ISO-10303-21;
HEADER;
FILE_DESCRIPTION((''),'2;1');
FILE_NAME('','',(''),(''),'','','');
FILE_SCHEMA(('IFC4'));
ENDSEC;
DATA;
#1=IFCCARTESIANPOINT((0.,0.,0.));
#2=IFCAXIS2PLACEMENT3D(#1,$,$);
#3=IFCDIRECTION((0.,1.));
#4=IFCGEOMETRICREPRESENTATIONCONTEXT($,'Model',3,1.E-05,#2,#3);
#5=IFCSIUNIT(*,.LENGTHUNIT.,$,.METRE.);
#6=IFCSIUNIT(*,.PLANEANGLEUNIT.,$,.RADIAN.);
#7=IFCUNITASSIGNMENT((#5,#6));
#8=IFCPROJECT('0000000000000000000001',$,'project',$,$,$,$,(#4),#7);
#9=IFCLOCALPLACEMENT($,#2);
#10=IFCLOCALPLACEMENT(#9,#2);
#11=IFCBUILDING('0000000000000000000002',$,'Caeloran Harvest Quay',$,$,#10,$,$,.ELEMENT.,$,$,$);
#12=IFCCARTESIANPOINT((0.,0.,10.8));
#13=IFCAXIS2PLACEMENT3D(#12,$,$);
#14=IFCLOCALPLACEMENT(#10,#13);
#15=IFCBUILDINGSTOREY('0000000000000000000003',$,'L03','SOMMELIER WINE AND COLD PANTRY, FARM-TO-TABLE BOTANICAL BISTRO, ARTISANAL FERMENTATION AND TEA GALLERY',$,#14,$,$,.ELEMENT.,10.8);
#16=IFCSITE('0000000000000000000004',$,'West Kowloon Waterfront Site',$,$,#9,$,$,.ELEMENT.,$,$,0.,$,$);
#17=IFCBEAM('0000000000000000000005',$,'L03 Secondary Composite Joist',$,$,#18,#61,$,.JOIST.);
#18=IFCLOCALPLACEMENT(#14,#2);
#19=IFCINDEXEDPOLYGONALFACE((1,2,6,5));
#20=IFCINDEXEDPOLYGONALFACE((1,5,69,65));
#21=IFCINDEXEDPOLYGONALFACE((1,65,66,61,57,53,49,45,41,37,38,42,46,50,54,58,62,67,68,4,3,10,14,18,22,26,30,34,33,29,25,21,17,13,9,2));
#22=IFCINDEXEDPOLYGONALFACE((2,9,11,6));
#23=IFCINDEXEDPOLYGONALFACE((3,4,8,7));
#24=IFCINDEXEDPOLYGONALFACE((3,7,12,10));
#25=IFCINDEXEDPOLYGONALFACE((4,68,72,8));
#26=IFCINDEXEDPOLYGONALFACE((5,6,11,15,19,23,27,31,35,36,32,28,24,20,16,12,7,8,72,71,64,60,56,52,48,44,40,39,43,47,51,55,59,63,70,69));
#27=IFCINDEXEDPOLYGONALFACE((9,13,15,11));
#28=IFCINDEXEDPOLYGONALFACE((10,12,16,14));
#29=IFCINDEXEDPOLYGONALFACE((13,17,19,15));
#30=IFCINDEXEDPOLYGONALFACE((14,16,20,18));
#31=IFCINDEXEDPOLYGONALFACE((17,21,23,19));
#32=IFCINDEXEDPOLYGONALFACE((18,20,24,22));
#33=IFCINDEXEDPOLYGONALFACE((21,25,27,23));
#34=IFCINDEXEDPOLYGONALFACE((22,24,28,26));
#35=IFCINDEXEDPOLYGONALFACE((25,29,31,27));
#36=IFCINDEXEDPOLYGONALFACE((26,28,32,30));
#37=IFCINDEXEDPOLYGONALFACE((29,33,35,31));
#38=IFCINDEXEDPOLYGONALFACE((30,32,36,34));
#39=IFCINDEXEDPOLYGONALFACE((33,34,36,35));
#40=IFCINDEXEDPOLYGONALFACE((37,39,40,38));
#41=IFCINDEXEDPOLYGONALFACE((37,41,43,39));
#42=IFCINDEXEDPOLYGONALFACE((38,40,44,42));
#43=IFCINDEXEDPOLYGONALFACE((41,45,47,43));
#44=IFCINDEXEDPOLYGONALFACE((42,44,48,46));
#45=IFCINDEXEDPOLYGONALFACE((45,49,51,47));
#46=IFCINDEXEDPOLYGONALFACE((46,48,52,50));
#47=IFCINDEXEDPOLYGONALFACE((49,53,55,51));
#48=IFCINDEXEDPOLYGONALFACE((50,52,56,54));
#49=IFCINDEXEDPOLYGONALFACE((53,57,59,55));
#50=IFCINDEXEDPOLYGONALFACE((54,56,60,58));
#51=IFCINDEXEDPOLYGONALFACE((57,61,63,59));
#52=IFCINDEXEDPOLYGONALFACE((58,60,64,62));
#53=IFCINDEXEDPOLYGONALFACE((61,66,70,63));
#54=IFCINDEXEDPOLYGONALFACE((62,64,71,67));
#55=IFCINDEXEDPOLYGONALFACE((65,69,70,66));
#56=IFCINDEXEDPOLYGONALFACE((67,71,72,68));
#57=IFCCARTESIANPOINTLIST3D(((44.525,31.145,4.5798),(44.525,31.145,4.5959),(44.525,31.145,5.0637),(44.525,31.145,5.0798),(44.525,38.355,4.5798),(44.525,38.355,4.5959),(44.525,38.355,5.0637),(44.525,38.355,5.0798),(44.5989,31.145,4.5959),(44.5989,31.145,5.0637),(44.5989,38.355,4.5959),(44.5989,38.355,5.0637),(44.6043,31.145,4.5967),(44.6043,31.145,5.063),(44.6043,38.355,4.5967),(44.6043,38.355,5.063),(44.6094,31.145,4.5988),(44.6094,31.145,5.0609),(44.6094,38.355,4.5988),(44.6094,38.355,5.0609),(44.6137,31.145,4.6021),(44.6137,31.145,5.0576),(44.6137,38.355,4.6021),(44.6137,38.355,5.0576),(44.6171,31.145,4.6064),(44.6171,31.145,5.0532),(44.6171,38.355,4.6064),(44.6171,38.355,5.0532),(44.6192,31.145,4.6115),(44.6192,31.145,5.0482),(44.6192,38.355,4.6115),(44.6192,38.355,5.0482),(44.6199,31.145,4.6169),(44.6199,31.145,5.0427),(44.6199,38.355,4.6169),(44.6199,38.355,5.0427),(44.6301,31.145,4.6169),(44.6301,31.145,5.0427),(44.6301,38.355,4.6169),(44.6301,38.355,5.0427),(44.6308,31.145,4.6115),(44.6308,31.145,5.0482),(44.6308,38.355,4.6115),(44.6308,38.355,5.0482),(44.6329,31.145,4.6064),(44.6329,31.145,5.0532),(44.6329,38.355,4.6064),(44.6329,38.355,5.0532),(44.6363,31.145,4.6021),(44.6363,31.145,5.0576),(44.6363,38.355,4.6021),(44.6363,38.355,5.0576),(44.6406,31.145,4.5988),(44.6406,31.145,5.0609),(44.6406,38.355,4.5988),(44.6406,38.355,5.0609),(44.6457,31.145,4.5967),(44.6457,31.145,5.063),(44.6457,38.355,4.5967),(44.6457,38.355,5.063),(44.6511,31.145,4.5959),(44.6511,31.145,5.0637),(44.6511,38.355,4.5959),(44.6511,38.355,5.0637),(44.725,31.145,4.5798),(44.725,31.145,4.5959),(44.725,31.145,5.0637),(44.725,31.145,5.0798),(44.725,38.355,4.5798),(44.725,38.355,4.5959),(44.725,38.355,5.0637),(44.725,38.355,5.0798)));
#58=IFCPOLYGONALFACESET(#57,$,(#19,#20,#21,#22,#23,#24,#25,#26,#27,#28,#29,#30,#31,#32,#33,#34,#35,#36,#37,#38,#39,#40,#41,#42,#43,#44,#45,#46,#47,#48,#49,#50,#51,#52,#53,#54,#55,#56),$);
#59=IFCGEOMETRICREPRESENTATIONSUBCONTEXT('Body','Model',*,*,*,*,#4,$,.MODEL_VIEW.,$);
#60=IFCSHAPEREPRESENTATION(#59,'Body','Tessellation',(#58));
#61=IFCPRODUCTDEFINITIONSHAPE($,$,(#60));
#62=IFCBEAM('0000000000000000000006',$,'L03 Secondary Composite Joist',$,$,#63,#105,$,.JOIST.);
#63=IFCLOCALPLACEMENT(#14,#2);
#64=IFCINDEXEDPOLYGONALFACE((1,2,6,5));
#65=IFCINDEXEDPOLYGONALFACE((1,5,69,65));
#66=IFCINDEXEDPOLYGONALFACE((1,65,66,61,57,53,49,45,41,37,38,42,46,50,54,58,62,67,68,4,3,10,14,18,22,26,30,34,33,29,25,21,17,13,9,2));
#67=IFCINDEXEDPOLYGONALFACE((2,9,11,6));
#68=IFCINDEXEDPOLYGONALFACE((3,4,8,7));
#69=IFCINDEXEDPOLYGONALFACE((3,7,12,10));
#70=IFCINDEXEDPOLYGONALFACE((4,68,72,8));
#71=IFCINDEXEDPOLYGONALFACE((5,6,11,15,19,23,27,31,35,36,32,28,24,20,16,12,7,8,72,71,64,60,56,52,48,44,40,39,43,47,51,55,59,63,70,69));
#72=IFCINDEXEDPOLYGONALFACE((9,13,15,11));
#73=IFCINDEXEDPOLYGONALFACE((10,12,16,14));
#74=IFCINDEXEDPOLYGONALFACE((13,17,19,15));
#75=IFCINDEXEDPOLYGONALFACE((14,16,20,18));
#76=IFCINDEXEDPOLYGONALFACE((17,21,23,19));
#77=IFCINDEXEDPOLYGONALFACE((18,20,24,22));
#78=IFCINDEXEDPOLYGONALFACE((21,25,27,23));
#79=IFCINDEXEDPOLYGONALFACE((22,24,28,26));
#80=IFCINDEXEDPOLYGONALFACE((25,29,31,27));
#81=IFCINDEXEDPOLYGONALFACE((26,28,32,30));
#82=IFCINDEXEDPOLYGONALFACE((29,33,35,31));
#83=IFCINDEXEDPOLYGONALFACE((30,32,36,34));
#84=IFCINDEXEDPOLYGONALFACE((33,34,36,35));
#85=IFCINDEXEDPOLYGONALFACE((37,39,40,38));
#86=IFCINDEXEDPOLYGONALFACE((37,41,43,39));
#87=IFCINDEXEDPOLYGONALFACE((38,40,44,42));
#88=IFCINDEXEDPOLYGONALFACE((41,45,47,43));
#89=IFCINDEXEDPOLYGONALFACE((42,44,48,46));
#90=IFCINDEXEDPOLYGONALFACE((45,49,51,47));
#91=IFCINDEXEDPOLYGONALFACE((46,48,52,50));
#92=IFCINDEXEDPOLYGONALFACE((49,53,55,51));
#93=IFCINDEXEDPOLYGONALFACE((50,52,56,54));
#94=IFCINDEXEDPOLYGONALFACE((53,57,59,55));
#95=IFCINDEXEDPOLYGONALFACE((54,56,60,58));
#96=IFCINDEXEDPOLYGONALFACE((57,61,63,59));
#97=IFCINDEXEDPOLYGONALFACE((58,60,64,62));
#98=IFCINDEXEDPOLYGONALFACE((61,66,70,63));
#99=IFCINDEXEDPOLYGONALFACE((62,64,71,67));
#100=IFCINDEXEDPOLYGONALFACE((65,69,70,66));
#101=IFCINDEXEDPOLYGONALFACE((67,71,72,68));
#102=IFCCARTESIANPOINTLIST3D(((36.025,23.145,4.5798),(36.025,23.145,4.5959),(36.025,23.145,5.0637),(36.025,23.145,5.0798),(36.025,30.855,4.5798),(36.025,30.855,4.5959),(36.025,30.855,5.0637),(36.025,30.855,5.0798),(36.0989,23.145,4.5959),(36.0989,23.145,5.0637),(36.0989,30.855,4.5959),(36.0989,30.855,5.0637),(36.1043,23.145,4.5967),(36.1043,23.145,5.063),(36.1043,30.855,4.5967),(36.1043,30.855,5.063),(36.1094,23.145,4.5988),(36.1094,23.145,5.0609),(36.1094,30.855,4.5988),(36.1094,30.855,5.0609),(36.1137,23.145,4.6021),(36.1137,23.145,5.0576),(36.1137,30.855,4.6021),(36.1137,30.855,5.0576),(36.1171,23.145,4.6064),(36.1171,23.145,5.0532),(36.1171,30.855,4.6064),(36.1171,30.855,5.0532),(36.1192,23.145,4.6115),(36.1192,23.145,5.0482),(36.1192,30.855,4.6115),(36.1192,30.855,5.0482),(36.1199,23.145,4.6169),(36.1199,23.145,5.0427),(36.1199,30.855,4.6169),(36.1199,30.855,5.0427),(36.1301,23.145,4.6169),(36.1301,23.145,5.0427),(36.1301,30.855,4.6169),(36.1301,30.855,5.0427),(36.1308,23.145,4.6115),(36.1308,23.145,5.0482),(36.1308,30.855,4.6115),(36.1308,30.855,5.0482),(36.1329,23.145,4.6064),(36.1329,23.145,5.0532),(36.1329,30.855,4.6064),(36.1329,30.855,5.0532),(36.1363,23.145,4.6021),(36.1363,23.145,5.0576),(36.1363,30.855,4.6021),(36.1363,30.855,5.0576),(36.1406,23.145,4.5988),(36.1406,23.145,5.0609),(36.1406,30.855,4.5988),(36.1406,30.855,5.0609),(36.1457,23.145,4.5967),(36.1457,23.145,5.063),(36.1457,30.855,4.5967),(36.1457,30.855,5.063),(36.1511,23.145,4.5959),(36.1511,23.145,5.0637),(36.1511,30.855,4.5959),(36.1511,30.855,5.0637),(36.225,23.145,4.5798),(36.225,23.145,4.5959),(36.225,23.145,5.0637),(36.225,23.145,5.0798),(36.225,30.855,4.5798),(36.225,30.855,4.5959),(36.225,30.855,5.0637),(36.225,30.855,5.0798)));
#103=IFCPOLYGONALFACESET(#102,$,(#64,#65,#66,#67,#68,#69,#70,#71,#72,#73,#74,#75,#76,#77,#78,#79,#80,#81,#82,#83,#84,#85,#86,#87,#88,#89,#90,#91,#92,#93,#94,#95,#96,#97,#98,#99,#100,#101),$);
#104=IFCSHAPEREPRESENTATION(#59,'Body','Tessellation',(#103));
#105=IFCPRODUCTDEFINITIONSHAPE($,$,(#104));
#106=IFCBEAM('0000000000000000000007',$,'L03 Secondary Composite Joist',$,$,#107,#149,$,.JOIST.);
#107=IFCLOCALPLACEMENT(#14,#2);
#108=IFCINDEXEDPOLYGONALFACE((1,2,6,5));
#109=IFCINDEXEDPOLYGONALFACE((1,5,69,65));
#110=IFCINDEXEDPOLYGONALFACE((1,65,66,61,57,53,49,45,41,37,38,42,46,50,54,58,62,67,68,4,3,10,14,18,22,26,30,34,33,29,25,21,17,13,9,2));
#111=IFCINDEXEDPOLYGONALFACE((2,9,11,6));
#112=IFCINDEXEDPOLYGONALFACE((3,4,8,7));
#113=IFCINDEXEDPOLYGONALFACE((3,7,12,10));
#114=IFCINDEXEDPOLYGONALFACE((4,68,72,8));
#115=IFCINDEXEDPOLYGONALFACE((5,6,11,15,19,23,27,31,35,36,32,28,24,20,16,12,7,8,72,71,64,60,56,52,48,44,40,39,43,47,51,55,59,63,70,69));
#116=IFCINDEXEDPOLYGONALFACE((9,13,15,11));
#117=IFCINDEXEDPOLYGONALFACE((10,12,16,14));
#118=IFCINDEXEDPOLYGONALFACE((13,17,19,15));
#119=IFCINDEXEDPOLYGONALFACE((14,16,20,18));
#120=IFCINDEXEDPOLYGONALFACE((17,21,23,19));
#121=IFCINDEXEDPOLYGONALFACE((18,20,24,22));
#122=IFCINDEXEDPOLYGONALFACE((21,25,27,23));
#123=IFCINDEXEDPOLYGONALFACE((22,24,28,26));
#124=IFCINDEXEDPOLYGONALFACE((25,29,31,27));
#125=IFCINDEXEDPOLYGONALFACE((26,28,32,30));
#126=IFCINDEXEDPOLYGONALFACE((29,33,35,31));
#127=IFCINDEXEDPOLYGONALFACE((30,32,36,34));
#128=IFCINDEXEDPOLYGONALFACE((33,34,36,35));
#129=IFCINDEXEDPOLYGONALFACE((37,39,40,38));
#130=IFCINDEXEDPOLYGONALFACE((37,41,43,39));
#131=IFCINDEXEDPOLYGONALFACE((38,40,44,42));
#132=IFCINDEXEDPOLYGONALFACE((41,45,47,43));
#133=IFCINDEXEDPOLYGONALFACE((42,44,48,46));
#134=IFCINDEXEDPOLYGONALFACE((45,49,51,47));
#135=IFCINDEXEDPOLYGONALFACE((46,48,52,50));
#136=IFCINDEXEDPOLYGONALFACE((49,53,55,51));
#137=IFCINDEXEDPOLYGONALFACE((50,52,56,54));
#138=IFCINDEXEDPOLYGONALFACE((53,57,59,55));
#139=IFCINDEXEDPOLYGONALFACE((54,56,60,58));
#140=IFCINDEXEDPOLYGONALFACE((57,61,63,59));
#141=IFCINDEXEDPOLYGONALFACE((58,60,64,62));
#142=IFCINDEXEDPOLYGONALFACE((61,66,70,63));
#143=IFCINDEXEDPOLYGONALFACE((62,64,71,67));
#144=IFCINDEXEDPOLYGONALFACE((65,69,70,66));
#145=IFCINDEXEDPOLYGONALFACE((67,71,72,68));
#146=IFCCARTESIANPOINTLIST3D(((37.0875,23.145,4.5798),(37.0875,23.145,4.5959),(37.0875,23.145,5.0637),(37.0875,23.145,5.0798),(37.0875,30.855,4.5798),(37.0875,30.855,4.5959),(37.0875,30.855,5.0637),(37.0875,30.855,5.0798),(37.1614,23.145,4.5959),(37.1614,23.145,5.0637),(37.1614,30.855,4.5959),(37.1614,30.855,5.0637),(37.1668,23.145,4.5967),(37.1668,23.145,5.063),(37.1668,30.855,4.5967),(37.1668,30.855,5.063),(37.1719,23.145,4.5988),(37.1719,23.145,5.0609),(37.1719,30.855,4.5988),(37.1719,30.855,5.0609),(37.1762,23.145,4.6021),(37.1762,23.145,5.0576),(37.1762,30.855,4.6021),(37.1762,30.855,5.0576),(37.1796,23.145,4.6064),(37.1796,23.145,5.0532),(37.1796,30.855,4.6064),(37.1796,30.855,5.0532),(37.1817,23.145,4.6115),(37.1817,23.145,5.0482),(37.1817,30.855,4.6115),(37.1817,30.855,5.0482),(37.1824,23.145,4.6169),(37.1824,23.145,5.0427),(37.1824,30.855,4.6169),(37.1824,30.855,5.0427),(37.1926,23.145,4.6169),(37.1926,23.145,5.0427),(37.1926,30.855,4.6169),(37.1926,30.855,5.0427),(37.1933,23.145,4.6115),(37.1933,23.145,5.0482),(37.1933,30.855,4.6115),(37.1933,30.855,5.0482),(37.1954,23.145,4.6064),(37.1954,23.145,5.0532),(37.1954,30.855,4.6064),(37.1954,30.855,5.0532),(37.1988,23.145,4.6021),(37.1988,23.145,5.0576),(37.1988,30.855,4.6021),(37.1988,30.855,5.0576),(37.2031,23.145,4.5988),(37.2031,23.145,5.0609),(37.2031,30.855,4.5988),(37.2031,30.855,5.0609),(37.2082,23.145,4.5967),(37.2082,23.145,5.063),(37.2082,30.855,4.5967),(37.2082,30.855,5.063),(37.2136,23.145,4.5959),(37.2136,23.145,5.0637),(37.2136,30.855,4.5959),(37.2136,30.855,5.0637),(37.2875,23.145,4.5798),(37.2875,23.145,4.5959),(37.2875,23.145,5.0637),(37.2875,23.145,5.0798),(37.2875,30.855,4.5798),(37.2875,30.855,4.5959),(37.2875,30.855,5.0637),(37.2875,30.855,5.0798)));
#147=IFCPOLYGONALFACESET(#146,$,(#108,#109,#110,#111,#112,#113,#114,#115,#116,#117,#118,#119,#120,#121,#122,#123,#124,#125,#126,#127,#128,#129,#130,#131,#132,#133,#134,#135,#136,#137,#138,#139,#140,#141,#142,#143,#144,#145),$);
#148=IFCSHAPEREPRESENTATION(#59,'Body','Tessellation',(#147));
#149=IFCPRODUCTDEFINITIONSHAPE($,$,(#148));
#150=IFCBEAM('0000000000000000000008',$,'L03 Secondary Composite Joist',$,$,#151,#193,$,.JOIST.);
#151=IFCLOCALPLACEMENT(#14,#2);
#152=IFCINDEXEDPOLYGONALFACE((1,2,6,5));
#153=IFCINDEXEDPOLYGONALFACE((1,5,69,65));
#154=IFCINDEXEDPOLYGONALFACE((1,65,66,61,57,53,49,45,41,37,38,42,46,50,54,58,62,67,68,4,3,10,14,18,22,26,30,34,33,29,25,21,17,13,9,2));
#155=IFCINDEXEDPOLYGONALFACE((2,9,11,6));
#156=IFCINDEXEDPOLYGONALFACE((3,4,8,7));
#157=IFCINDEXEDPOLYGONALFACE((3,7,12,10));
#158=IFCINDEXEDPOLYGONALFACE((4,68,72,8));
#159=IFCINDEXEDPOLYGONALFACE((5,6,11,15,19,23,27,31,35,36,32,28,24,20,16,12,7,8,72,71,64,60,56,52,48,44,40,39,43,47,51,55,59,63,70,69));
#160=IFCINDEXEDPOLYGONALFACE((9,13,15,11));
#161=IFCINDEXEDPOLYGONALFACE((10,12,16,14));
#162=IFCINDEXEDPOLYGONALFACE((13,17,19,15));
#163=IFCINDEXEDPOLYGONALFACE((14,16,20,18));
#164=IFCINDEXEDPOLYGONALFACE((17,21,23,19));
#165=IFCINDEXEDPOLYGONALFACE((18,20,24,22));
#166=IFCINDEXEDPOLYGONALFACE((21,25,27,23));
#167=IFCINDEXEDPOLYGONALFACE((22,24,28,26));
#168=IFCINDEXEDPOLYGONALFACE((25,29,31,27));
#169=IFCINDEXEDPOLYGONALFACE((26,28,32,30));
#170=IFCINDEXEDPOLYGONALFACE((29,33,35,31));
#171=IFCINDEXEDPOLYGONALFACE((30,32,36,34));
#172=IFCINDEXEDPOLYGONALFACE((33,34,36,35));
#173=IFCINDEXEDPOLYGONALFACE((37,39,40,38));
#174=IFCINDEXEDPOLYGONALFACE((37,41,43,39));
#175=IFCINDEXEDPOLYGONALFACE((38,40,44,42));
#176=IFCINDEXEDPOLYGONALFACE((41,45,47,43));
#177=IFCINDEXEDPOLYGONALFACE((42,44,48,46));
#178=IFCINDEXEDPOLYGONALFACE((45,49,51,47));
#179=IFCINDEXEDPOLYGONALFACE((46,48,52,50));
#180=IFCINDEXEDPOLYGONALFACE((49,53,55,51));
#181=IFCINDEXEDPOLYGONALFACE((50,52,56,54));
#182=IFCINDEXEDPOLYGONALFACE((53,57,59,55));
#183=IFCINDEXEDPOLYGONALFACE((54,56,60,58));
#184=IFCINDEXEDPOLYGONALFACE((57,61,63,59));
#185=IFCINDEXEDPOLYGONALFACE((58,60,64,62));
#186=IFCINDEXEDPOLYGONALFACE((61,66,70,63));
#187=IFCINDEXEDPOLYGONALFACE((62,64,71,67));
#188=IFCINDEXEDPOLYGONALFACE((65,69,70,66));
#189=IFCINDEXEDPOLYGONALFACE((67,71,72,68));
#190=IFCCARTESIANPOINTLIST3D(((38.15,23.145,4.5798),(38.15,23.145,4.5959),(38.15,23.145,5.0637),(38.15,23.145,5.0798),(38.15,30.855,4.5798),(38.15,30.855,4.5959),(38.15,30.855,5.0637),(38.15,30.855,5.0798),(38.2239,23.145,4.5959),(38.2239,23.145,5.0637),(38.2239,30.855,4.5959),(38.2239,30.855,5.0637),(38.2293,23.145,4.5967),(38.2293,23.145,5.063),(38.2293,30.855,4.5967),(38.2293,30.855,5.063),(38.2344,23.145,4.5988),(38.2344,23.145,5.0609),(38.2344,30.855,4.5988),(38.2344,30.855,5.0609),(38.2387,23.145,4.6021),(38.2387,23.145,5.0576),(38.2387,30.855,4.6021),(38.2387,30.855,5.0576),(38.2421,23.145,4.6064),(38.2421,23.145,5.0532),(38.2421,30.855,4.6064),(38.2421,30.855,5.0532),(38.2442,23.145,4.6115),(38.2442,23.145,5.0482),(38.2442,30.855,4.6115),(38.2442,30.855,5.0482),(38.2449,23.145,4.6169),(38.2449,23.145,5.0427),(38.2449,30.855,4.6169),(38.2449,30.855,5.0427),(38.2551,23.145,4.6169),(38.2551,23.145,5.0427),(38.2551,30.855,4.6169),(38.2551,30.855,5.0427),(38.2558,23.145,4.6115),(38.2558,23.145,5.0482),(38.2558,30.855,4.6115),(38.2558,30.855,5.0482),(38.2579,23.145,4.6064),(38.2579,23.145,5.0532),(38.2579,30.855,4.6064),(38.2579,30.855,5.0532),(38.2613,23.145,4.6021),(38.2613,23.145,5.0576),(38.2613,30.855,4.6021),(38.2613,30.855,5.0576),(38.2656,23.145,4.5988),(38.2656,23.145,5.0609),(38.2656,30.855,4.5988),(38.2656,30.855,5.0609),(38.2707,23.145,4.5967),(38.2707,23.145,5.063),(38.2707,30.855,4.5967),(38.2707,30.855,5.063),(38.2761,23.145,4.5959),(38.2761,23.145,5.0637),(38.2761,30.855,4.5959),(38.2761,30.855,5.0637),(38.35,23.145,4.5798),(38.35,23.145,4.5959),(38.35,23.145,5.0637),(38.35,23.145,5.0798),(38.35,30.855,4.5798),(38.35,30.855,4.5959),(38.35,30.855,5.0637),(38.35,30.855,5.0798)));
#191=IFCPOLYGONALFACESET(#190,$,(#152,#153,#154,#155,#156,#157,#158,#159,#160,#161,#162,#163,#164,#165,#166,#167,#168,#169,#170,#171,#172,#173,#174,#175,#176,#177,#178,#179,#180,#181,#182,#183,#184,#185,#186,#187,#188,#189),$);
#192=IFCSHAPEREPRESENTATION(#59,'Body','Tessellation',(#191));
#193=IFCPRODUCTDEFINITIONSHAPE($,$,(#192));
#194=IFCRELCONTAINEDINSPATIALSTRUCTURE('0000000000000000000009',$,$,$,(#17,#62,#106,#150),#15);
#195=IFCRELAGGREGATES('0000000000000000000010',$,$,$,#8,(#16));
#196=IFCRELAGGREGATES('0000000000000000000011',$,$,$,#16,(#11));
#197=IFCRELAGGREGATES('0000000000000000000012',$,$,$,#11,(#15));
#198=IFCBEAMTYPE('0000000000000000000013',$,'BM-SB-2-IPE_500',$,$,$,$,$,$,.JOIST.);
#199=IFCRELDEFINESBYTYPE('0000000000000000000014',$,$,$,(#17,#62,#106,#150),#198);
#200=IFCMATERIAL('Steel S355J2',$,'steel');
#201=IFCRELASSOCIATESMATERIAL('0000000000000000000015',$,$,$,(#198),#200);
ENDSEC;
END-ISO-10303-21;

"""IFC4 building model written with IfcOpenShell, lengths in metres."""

from ifc_helpers import new_model, si_unit, direction, frame, origin, origin_2d, place, context, subcontext, project, spatial, i_section, extrude, material, material_profile, profile_set, type_object, element, save


model = new_model("IFC4")

# Units and contexts
model_context = context("Model", 3, precision=1e-05, world=origin(), true_north=direction((0.0, 1.0)))
body_context = subcontext(model_context, "Body", "Model", "MODEL_VIEW")
ifc_project = project(units=[si_unit("LENGTHUNIT", "METRE"), si_unit("PLANEANGLEUNIT", "RADIAN")], contexts=[model_context])

# Site, building, storey
site_placement = place(None, origin())
site = spatial("IfcSite", under=ifc_project, at=site_placement, Name="West Kowloon Waterfront Site", CompositionType="ELEMENT", RefElevation=0.0)
building_placement = place(site_placement, origin())
building = spatial("IfcBuilding", under=site, at=building_placement, Name="Caeloran Harvest Quay", CompositionType="ELEMENT")
storey_placement = place(building_placement, frame((0.0, 0.0, 10.8)))
storey = spatial("IfcBuildingStorey", under=building, at=storey_placement, Name="L03", Description="SOMMELIER WINE AND COLD PANTRY, FARM-TO-TABLE BOTANICAL BISTRO, ARTISANAL FERMENTATION AND TEA GALLERY", CompositionType="ELEMENT", Elevation=10.8)

# Beams
ifc_material_1 = material(Name="Steel S355J2", Category="steel")
ifc_material_profile_1 = material_profile(ifc_material_1, i_section(OverallWidth=0.2, OverallDepth=0.5, WebThickness=0.0103, FlangeThickness=0.0161, FilletRadius=0.021, at=origin_2d()), Name="IPE 500")
ifc_profile_set_1 = profile_set([ifc_material_profile_1], Name="Steel S355J2")
beam_type_1 = type_object("IfcBeamType", Name="BM-SB-2-IPE_500", PredefinedType="JOIST", material=ifc_profile_set_1)
for number, where, z_axis, x_axis, name in (
    (1, (44.625, 31.145, 4.8298), (0.0, 1.0, 0.0), (-1.0, 0.0, 0.0), "L03 Secondary Composite Joist"),
):
    element("IfcBeam", number, at=place(storey_placement, frame(where, z_axis=z_axis, x_axis=x_axis)), inside=storey, type_object=beam_type_1, Name=name, PredefinedType="JOIST", context=body_context, shape_type="SweptSolid", body=[
        extrude(i_section(OverallWidth=0.2, OverallDepth=0.5, WebThickness=0.0103, FlangeThickness=0.0161, FilletRadius=0.021, at=origin_2d()), origin(), (0.0, 0.0, 1.0), 7.21),
    ])
for number, where, z_axis, x_axis, name in (
    (2, (36.125, 23.145, 4.8298), (0.0, 1.0, 0.0), (-1.0, 0.0, 0.0), "L03 Secondary Composite Joist"),
    (3, (37.1875, 23.145, 4.8298), (0.0, 1.0, 0.0), (-1.0, 0.0, 0.0), "L03 Secondary Composite Joist"),
    (4, (38.25, 23.145, 4.8298), (0.0, 1.0, 0.0), (-1.0, 0.0, 0.0), "L03 Secondary Composite Joist"),
):
    element("IfcBeam", number, at=place(storey_placement, frame(where, z_axis=z_axis, x_axis=x_axis)), inside=storey, type_object=beam_type_1, Name=name, PredefinedType="JOIST", context=body_context, shape_type="SweptSolid", body=[
        extrude(i_section(OverallWidth=0.2, OverallDepth=0.5, WebThickness=0.0103, FlangeThickness=0.0161, FilletRadius=0.021, at=origin_2d()), origin(), (0.0, 0.0, 1.0), 7.71),
    ])

save(model, "model.ifc")
